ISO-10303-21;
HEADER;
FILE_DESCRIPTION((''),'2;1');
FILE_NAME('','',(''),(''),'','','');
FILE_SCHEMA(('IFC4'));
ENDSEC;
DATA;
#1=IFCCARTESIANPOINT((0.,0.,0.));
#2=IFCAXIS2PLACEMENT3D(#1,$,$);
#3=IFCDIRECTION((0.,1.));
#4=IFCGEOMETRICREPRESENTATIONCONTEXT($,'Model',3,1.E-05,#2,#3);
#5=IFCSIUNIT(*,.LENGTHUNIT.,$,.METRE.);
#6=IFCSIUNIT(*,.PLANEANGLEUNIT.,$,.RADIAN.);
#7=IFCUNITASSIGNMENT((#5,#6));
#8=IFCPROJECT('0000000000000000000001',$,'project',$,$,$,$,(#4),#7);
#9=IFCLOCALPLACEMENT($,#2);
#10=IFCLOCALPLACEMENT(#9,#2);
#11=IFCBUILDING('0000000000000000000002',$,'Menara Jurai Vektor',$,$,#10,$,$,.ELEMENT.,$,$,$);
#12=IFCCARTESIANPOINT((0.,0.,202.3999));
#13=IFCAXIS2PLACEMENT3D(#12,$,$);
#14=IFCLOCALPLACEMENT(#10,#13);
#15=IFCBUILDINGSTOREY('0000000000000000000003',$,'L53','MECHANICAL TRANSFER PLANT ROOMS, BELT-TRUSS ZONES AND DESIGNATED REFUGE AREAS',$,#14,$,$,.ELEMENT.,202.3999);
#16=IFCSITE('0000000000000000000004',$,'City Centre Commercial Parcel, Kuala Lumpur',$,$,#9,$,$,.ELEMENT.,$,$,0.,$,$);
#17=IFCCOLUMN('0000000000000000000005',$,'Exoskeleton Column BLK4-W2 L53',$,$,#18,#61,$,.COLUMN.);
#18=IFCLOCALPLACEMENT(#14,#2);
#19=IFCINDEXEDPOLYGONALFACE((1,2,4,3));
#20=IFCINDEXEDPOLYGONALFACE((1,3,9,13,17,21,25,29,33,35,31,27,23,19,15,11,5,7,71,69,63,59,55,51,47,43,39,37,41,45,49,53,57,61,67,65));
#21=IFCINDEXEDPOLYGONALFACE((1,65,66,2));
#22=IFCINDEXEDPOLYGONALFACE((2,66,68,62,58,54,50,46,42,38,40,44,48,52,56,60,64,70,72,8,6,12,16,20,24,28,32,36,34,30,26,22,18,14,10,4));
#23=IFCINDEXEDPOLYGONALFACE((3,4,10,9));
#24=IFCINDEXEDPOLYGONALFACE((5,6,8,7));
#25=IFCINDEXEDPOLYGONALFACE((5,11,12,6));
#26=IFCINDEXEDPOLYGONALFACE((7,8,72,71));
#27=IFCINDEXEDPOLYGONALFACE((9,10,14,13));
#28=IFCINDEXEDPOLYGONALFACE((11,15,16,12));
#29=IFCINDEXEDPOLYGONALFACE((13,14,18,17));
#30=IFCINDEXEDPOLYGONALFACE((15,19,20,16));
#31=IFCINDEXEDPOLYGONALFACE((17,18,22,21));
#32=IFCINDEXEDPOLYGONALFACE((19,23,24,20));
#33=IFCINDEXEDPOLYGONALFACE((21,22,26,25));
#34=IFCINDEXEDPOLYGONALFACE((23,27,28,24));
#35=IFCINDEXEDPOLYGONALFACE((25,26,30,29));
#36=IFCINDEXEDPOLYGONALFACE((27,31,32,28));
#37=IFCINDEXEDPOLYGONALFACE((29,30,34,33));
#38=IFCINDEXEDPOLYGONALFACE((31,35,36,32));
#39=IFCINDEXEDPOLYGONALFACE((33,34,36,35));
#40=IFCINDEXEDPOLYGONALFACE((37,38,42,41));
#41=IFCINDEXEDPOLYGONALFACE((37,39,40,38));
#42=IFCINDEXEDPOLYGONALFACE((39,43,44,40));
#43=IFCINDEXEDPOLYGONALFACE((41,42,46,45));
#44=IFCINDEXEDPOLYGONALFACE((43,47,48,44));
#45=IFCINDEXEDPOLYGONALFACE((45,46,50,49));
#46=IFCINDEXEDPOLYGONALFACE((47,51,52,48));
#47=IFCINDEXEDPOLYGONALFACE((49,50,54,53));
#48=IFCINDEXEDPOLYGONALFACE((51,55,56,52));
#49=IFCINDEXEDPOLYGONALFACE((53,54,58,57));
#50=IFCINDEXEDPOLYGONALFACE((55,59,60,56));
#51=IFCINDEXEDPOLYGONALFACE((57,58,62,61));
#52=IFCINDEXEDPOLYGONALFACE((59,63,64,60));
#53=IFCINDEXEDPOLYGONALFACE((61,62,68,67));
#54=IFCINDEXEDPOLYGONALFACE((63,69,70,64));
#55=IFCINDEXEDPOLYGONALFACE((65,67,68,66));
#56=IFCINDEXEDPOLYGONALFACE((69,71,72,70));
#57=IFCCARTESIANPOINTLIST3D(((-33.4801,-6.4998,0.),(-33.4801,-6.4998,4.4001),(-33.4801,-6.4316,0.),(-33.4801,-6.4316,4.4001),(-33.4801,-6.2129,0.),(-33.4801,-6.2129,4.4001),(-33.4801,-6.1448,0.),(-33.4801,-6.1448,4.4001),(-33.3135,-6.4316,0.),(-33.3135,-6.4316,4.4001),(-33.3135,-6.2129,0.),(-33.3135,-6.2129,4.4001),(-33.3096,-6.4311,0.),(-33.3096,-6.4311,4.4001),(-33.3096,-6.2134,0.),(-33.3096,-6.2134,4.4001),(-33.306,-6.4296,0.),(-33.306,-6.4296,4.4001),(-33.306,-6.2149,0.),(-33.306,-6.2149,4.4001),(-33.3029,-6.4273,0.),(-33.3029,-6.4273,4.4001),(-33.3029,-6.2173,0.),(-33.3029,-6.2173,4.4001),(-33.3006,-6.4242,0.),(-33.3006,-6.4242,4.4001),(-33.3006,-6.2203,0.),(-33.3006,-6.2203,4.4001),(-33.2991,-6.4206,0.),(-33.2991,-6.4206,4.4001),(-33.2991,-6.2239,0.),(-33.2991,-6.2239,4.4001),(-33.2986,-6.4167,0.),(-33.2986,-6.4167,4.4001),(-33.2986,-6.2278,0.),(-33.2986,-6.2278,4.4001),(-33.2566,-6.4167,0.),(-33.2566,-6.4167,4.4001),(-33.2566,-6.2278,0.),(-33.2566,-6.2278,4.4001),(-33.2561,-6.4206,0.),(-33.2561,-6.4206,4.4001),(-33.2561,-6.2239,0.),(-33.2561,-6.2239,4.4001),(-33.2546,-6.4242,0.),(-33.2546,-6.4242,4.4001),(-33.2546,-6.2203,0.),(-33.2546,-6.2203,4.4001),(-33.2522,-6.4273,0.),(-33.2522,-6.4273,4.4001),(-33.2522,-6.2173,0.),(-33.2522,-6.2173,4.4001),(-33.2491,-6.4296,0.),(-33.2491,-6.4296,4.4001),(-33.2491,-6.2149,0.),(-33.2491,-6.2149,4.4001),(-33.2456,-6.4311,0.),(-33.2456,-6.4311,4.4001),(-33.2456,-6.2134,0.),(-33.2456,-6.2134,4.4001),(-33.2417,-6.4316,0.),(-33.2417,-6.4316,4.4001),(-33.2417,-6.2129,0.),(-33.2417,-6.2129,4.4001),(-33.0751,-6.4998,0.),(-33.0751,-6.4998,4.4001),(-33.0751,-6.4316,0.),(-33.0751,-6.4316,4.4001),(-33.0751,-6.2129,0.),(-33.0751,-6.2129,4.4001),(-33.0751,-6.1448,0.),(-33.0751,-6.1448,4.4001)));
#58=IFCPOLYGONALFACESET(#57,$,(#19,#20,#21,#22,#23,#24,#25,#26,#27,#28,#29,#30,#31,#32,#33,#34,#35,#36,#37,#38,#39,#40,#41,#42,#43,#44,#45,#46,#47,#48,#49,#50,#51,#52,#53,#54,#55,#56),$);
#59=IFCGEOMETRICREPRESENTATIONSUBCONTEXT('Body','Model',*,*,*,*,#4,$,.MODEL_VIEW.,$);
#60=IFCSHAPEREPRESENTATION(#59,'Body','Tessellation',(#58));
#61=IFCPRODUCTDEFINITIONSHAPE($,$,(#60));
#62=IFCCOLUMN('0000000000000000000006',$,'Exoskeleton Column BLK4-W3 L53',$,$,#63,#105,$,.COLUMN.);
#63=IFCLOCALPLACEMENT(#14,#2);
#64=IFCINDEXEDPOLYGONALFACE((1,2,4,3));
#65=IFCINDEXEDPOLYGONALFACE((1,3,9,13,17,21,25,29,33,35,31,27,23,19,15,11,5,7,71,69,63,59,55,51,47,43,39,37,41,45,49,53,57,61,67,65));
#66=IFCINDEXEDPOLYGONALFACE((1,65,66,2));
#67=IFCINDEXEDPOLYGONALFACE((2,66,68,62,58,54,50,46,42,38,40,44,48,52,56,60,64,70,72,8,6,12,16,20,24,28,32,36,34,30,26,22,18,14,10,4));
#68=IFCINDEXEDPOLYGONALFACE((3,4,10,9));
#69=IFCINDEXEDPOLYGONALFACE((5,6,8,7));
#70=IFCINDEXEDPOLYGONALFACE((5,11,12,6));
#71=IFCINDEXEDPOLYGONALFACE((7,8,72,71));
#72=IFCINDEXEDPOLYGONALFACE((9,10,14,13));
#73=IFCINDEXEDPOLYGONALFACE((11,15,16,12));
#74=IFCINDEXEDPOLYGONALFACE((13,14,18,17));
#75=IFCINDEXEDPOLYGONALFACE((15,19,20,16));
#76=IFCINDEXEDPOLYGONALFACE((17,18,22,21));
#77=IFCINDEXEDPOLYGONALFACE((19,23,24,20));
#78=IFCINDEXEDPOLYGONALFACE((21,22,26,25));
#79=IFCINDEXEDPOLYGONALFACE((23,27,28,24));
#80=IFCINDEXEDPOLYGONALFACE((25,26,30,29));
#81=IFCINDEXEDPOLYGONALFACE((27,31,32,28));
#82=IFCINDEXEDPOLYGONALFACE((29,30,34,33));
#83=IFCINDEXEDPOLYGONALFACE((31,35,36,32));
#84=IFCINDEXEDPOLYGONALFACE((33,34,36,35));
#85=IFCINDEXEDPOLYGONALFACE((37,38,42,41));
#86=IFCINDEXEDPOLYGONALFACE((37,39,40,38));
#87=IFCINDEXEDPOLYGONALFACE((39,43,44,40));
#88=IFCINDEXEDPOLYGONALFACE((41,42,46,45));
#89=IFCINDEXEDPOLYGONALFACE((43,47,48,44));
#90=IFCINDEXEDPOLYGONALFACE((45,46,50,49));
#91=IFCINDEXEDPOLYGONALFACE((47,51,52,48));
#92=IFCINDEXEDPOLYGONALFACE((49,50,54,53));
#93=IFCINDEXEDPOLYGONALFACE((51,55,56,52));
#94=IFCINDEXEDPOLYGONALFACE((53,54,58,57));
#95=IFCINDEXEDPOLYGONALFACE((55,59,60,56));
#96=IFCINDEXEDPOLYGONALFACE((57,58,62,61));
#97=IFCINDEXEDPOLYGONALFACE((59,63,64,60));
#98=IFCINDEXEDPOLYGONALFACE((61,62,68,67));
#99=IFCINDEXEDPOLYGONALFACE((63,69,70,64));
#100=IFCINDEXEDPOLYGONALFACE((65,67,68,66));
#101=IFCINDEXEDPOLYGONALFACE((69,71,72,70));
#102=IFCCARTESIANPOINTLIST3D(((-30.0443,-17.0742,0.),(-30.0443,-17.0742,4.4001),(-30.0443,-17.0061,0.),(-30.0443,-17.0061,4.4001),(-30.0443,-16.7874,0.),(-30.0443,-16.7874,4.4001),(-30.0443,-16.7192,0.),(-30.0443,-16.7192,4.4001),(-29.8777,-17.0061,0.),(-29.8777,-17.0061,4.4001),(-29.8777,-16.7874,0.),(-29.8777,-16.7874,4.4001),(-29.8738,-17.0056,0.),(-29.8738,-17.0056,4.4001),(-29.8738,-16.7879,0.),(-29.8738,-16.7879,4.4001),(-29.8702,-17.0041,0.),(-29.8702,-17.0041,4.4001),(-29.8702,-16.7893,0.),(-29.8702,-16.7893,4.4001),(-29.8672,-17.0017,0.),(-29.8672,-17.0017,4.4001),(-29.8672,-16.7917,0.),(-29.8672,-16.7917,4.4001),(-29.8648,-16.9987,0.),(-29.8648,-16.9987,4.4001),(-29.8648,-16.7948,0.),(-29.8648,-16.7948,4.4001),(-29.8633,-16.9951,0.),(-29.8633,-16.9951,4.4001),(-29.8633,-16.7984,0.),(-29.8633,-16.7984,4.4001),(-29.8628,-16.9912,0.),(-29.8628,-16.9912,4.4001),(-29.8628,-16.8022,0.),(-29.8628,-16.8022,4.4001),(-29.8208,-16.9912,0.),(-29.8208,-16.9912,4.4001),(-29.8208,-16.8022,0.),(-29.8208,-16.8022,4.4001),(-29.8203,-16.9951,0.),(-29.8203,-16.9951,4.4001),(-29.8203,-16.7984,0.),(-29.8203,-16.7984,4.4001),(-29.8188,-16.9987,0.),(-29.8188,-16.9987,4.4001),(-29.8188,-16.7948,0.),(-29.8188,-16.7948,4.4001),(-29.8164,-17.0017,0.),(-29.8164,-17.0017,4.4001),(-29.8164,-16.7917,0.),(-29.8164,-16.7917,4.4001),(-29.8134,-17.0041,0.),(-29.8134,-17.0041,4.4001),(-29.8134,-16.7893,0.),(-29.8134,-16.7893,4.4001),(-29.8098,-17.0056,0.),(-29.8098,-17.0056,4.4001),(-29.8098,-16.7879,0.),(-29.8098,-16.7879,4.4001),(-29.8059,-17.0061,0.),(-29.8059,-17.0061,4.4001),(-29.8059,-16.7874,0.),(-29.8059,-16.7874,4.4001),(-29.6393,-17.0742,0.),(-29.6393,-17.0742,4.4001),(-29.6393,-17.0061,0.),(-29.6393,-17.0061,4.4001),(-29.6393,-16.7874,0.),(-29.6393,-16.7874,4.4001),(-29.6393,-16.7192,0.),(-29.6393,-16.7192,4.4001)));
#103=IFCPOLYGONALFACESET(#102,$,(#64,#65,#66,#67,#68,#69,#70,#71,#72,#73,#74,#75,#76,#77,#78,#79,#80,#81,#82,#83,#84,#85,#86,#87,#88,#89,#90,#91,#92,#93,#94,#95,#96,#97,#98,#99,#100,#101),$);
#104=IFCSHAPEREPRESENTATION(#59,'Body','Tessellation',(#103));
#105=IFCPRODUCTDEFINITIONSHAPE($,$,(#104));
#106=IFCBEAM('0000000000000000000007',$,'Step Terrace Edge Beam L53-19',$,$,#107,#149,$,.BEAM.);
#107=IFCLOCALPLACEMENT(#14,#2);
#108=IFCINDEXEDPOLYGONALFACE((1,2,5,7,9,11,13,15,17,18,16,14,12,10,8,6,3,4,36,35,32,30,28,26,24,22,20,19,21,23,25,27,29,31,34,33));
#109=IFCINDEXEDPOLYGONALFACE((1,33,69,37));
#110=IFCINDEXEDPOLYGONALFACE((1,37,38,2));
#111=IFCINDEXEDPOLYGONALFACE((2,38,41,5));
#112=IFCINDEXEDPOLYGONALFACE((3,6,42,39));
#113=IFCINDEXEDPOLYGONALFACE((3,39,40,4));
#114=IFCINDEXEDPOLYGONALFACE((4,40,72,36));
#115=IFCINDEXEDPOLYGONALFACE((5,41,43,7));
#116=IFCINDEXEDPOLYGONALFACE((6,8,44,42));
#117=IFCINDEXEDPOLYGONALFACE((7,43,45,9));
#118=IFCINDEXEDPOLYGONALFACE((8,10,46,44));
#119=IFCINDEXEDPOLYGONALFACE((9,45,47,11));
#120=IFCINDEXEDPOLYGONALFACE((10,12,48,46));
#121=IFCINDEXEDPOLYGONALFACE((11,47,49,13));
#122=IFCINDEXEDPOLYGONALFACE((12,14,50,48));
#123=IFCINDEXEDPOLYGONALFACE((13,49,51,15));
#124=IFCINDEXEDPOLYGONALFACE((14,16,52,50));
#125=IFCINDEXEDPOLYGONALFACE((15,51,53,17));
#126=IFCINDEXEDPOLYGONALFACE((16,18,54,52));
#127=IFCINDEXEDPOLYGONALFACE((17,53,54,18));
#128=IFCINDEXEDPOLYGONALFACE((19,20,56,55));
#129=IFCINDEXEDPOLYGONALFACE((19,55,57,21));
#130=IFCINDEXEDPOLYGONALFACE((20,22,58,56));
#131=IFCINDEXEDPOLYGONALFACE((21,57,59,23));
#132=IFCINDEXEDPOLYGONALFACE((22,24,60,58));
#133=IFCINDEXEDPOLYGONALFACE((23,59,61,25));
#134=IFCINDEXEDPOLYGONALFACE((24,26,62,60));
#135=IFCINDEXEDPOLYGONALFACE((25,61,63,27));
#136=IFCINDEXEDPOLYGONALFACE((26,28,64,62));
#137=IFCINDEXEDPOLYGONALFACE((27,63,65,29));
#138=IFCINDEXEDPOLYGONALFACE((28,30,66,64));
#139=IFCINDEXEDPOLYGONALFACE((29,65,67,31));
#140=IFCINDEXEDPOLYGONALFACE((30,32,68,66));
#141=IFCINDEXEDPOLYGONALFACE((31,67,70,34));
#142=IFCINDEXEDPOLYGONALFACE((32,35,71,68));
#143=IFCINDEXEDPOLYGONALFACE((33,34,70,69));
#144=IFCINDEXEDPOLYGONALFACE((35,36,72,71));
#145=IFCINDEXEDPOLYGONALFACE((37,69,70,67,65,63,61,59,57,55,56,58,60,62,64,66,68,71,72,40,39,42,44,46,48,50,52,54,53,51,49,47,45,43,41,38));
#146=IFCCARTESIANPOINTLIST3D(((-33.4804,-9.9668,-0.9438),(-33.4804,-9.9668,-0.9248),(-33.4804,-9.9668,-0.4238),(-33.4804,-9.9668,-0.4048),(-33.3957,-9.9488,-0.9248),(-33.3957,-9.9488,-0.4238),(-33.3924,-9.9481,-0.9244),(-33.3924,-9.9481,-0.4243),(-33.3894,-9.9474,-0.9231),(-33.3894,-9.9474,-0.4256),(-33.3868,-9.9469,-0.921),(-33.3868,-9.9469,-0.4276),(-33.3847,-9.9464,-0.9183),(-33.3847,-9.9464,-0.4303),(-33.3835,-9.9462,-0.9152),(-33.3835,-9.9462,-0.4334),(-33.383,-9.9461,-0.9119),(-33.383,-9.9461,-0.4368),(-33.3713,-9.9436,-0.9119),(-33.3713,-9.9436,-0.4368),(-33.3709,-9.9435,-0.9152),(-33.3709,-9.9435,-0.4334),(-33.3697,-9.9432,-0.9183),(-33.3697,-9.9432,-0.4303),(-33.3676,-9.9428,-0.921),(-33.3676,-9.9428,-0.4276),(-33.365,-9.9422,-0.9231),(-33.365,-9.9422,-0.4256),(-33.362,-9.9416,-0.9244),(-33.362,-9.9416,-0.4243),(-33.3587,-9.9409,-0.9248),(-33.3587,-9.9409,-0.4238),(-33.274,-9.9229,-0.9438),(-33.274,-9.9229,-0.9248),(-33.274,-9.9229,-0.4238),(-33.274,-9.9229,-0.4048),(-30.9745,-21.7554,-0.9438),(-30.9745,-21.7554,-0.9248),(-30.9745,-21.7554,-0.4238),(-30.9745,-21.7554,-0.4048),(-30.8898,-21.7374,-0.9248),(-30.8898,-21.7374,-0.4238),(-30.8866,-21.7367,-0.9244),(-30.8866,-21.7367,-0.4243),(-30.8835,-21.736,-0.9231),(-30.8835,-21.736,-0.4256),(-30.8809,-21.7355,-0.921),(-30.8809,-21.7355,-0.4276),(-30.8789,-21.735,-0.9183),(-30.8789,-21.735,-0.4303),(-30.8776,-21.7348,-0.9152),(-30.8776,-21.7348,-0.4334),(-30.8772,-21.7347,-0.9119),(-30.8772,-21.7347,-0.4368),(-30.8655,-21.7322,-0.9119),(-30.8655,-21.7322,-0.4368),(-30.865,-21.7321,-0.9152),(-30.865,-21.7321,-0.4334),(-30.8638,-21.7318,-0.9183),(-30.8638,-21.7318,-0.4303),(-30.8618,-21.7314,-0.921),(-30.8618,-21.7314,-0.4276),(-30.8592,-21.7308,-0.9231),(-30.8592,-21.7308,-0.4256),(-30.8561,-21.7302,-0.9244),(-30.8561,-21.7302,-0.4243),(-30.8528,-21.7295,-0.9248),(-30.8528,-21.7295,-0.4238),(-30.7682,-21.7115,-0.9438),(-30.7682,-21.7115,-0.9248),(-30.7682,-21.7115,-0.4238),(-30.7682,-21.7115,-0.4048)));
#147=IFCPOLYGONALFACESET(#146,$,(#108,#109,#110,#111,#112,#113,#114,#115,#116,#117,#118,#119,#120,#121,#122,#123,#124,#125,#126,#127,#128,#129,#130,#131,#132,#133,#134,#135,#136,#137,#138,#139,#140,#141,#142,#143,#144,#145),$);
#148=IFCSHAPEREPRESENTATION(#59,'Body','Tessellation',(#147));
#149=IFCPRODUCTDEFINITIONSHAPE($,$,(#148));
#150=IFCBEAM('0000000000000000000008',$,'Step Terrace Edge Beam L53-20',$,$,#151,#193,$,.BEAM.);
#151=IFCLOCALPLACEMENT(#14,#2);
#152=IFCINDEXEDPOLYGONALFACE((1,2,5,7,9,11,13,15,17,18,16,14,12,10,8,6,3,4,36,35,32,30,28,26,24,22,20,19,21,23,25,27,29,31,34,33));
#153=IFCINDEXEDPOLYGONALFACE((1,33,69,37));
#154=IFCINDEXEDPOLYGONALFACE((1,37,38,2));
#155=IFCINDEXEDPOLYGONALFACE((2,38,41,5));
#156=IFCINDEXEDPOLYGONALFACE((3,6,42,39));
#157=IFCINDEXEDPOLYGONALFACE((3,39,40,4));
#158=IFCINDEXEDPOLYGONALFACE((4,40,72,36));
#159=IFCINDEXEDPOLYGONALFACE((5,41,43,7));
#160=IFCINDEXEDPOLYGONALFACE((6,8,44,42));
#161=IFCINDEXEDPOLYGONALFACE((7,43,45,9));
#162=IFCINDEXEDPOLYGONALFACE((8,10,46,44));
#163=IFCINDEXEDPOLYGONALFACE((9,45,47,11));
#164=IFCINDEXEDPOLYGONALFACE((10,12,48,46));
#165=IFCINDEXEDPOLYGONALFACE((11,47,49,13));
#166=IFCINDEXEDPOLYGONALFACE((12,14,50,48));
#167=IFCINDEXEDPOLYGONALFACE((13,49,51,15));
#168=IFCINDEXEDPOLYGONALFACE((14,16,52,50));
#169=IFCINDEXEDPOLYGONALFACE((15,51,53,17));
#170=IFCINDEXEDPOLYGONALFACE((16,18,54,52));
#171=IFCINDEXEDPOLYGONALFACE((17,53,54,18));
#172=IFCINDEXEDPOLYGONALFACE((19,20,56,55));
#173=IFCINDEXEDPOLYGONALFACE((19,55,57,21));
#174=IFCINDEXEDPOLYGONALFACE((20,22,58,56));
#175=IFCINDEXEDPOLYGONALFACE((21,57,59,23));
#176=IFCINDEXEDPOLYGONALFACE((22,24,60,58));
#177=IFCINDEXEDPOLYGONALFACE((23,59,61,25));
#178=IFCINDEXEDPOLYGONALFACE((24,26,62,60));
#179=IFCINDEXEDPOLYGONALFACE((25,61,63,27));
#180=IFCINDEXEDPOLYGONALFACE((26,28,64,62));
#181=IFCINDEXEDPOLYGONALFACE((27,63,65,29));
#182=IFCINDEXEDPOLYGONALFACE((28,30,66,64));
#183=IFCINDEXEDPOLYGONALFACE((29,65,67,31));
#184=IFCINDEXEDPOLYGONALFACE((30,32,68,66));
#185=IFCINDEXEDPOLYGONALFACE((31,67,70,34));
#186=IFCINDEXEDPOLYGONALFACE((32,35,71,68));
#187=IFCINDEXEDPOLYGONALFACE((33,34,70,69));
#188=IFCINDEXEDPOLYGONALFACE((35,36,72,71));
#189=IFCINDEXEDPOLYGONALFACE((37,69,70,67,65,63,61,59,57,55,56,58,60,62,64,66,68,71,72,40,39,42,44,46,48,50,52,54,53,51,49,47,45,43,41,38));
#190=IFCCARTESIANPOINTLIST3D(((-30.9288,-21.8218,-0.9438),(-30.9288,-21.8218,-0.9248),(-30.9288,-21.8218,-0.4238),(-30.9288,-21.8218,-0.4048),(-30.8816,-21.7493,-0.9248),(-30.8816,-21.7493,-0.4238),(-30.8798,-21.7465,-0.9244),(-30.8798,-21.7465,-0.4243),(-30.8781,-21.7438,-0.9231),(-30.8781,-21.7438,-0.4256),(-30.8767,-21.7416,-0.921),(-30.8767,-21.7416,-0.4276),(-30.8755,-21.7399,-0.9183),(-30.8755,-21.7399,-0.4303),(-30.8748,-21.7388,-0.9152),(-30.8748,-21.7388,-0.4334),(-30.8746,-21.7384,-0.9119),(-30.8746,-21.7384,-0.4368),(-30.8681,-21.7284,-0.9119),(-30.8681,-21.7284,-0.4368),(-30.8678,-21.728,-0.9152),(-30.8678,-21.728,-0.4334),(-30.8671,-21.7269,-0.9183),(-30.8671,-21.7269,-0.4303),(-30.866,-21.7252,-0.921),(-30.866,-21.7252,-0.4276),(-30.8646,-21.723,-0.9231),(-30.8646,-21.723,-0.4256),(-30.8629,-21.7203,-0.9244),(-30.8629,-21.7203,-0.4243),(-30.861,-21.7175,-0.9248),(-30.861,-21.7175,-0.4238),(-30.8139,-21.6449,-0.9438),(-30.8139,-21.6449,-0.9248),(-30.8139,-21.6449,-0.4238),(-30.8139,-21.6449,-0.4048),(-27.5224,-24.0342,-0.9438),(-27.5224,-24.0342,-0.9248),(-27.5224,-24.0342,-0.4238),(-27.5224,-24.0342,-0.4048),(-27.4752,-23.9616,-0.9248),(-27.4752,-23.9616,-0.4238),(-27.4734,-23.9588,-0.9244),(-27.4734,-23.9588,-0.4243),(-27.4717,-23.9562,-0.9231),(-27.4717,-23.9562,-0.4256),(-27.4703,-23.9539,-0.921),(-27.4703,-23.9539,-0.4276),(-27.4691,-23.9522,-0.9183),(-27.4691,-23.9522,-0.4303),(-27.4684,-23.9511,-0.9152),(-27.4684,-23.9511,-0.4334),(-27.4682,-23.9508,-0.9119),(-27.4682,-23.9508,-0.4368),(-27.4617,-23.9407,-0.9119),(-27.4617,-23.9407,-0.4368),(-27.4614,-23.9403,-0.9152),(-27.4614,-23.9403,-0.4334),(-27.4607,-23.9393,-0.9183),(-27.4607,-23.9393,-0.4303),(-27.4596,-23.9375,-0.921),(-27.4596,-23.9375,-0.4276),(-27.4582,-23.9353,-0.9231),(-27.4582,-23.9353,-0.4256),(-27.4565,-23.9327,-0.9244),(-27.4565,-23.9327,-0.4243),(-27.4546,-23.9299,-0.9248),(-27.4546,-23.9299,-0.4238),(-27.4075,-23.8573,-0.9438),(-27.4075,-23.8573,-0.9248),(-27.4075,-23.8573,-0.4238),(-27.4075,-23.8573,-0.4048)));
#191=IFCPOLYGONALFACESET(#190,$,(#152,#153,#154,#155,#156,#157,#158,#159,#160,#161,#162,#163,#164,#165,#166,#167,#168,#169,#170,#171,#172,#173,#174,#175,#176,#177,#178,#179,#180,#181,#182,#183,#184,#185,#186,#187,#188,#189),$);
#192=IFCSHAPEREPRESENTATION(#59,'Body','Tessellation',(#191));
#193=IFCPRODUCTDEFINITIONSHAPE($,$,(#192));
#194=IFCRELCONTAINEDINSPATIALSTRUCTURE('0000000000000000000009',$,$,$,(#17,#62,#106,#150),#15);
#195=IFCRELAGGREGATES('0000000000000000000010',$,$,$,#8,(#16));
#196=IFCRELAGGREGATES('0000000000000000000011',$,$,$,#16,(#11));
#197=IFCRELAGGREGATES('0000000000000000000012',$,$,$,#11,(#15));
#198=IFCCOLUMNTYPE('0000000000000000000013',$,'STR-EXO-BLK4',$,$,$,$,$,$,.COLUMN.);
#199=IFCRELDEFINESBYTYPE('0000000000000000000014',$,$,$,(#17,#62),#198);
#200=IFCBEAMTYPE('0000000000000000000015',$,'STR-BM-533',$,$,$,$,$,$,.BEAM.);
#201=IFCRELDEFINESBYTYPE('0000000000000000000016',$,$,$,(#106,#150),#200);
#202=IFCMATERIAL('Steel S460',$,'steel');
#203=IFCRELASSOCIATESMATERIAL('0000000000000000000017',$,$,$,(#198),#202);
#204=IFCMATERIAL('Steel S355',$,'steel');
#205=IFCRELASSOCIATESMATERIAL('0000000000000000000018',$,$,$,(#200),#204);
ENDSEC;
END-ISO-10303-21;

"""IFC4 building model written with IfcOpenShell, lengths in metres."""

from ifc_helpers import new_model, si_unit, direction, frame, origin, origin_2d, place, context, subcontext, project, spatial, i_section, extrude, material, material_profile, profile_set, type_object, element, save


model = new_model("IFC4")

# Units and contexts
model_context = context("Model", 3, precision=1e-05, world=origin(), true_north=direction((0.0, 1.0)))
body_context = subcontext(model_context, "Body", "Model", "MODEL_VIEW")
ifc_project = project(units=[si_unit("LENGTHUNIT", "METRE"), si_unit("PLANEANGLEUNIT", "RADIAN")], contexts=[model_context])

# Site, building, storey
site_placement = place(None, origin())
site = spatial("IfcSite", under=ifc_project, at=site_placement, Name="City Centre Commercial Parcel, Kuala Lumpur", CompositionType="ELEMENT", RefElevation=0.0)
building_placement = place(site_placement, origin())
building = spatial("IfcBuilding", under=site, at=building_placement, Name="Menara Jurai Vektor", CompositionType="ELEMENT")
storey_placement = place(building_placement, frame((0.0, 0.0, 202.3999)))
storey = spatial("IfcBuildingStorey", under=building, at=storey_placement, Name="L53", Description="MECHANICAL TRANSFER PLANT ROOMS, BELT-TRUSS ZONES AND DESIGNATED REFUGE AREAS", CompositionType="ELEMENT", Elevation=202.3999)

# Columns
ifc_material_1 = material(Name="Steel S460", Category="steel")
ifc_material_profile_1 = material_profile(ifc_material_1, i_section(OverallWidth=0.405, OverallDepth=0.355, WebThickness=0.042, FlangeThickness=0.0681, FilletRadius=0.0149, at=origin_2d()), Name="HD 400x551")
ifc_profile_set_1 = profile_set([ifc_material_profile_1], Name="Steel S460")
column_type = type_object("IfcColumnType", Name="STR-EXO-BLK4", PredefinedType="COLUMN", material=ifc_profile_set_1)
for number, where, z_axis, x_axis, name in (
    (1, (-33.2776, -6.3223, 0.0), (0.0, 0.0, 1.0), (1.0, 0.0, 0.0), "Exoskeleton Column BLK4-W2 L53"),
    (2, (-29.8418, -16.8967, 0.0), (0.0, 0.0, 1.0), (1.0, 0.0, 0.0), "Exoskeleton Column BLK4-W3 L53"),
):
    element("IfcColumn", number, at=place(storey_placement, frame(where, z_axis=z_axis, x_axis=x_axis)), inside=storey, type_object=column_type, Name=name, PredefinedType="COLUMN", context=body_context, shape_type="SweptSolid", body=[
        extrude(i_section(OverallWidth=0.405, OverallDepth=0.355, WebThickness=0.042, FlangeThickness=0.0681, FilletRadius=0.0149, at=origin_2d()), origin(), (0.0, 0.0, 1.0), 4.4001),
    ])

# Beams
ifc_material_2 = material(Name="Steel S355", Category="steel")
ifc_material_profile_2 = material_profile(ifc_material_2, i_section(OverallWidth=0.2109, OverallDepth=0.5391, WebThickness=0.012, FlangeThickness=0.019, FilletRadius=0.0129, at=origin_2d()), Name="UKB 533x210x109")
ifc_profile_set_2 = profile_set([ifc_material_profile_2], Name="Steel S355")
beam_type_1 = type_object("IfcBeamType", Name="STR-BM-533", PredefinedType="BEAM", material=ifc_profile_set_2)
beam_1_placement = place(storey_placement, frame((-33.3772, -9.9448, -0.6743), z_axis=(0.207921, -0.978146, 0.0), x_axis=(0.978146, 0.207921, 0.0)))
element("IfcBeam", 3, at=beam_1_placement, inside=storey, type_object=beam_type_1, Name="Step Terrace Edge Beam L53-19", PredefinedType="BEAM", context=body_context, shape_type="SweptSolid", body=[
    extrude(i_section(OverallWidth=0.2109, OverallDepth=0.5391, WebThickness=0.012, FlangeThickness=0.019, FilletRadius=0.0129, at=origin_2d()), origin(), (0.0, 0.0, 1.0), 12.052),
])
beam_2_placement = place(storey_placement, frame((-30.8713, -21.7334, -0.6743), z_axis=(0.838648, -0.544674, 0.0), x_axis=(0.544674, 0.838648, 0.0)))
element("IfcBeam", 4, at=beam_2_placement, inside=storey, type_object=beam_type_1, Name="Step Terrace Edge Beam L53-20", PredefinedType="BEAM", context=body_context, shape_type="SweptSolid", body=[
    extrude(i_section(OverallWidth=0.2109, OverallDepth=0.5391, WebThickness=0.012, FlangeThickness=0.019, FilletRadius=0.0129, at=origin_2d()), origin(), (0.0, 0.0, 1.0), 4.0618),
])

save(model, "model.ifc")
